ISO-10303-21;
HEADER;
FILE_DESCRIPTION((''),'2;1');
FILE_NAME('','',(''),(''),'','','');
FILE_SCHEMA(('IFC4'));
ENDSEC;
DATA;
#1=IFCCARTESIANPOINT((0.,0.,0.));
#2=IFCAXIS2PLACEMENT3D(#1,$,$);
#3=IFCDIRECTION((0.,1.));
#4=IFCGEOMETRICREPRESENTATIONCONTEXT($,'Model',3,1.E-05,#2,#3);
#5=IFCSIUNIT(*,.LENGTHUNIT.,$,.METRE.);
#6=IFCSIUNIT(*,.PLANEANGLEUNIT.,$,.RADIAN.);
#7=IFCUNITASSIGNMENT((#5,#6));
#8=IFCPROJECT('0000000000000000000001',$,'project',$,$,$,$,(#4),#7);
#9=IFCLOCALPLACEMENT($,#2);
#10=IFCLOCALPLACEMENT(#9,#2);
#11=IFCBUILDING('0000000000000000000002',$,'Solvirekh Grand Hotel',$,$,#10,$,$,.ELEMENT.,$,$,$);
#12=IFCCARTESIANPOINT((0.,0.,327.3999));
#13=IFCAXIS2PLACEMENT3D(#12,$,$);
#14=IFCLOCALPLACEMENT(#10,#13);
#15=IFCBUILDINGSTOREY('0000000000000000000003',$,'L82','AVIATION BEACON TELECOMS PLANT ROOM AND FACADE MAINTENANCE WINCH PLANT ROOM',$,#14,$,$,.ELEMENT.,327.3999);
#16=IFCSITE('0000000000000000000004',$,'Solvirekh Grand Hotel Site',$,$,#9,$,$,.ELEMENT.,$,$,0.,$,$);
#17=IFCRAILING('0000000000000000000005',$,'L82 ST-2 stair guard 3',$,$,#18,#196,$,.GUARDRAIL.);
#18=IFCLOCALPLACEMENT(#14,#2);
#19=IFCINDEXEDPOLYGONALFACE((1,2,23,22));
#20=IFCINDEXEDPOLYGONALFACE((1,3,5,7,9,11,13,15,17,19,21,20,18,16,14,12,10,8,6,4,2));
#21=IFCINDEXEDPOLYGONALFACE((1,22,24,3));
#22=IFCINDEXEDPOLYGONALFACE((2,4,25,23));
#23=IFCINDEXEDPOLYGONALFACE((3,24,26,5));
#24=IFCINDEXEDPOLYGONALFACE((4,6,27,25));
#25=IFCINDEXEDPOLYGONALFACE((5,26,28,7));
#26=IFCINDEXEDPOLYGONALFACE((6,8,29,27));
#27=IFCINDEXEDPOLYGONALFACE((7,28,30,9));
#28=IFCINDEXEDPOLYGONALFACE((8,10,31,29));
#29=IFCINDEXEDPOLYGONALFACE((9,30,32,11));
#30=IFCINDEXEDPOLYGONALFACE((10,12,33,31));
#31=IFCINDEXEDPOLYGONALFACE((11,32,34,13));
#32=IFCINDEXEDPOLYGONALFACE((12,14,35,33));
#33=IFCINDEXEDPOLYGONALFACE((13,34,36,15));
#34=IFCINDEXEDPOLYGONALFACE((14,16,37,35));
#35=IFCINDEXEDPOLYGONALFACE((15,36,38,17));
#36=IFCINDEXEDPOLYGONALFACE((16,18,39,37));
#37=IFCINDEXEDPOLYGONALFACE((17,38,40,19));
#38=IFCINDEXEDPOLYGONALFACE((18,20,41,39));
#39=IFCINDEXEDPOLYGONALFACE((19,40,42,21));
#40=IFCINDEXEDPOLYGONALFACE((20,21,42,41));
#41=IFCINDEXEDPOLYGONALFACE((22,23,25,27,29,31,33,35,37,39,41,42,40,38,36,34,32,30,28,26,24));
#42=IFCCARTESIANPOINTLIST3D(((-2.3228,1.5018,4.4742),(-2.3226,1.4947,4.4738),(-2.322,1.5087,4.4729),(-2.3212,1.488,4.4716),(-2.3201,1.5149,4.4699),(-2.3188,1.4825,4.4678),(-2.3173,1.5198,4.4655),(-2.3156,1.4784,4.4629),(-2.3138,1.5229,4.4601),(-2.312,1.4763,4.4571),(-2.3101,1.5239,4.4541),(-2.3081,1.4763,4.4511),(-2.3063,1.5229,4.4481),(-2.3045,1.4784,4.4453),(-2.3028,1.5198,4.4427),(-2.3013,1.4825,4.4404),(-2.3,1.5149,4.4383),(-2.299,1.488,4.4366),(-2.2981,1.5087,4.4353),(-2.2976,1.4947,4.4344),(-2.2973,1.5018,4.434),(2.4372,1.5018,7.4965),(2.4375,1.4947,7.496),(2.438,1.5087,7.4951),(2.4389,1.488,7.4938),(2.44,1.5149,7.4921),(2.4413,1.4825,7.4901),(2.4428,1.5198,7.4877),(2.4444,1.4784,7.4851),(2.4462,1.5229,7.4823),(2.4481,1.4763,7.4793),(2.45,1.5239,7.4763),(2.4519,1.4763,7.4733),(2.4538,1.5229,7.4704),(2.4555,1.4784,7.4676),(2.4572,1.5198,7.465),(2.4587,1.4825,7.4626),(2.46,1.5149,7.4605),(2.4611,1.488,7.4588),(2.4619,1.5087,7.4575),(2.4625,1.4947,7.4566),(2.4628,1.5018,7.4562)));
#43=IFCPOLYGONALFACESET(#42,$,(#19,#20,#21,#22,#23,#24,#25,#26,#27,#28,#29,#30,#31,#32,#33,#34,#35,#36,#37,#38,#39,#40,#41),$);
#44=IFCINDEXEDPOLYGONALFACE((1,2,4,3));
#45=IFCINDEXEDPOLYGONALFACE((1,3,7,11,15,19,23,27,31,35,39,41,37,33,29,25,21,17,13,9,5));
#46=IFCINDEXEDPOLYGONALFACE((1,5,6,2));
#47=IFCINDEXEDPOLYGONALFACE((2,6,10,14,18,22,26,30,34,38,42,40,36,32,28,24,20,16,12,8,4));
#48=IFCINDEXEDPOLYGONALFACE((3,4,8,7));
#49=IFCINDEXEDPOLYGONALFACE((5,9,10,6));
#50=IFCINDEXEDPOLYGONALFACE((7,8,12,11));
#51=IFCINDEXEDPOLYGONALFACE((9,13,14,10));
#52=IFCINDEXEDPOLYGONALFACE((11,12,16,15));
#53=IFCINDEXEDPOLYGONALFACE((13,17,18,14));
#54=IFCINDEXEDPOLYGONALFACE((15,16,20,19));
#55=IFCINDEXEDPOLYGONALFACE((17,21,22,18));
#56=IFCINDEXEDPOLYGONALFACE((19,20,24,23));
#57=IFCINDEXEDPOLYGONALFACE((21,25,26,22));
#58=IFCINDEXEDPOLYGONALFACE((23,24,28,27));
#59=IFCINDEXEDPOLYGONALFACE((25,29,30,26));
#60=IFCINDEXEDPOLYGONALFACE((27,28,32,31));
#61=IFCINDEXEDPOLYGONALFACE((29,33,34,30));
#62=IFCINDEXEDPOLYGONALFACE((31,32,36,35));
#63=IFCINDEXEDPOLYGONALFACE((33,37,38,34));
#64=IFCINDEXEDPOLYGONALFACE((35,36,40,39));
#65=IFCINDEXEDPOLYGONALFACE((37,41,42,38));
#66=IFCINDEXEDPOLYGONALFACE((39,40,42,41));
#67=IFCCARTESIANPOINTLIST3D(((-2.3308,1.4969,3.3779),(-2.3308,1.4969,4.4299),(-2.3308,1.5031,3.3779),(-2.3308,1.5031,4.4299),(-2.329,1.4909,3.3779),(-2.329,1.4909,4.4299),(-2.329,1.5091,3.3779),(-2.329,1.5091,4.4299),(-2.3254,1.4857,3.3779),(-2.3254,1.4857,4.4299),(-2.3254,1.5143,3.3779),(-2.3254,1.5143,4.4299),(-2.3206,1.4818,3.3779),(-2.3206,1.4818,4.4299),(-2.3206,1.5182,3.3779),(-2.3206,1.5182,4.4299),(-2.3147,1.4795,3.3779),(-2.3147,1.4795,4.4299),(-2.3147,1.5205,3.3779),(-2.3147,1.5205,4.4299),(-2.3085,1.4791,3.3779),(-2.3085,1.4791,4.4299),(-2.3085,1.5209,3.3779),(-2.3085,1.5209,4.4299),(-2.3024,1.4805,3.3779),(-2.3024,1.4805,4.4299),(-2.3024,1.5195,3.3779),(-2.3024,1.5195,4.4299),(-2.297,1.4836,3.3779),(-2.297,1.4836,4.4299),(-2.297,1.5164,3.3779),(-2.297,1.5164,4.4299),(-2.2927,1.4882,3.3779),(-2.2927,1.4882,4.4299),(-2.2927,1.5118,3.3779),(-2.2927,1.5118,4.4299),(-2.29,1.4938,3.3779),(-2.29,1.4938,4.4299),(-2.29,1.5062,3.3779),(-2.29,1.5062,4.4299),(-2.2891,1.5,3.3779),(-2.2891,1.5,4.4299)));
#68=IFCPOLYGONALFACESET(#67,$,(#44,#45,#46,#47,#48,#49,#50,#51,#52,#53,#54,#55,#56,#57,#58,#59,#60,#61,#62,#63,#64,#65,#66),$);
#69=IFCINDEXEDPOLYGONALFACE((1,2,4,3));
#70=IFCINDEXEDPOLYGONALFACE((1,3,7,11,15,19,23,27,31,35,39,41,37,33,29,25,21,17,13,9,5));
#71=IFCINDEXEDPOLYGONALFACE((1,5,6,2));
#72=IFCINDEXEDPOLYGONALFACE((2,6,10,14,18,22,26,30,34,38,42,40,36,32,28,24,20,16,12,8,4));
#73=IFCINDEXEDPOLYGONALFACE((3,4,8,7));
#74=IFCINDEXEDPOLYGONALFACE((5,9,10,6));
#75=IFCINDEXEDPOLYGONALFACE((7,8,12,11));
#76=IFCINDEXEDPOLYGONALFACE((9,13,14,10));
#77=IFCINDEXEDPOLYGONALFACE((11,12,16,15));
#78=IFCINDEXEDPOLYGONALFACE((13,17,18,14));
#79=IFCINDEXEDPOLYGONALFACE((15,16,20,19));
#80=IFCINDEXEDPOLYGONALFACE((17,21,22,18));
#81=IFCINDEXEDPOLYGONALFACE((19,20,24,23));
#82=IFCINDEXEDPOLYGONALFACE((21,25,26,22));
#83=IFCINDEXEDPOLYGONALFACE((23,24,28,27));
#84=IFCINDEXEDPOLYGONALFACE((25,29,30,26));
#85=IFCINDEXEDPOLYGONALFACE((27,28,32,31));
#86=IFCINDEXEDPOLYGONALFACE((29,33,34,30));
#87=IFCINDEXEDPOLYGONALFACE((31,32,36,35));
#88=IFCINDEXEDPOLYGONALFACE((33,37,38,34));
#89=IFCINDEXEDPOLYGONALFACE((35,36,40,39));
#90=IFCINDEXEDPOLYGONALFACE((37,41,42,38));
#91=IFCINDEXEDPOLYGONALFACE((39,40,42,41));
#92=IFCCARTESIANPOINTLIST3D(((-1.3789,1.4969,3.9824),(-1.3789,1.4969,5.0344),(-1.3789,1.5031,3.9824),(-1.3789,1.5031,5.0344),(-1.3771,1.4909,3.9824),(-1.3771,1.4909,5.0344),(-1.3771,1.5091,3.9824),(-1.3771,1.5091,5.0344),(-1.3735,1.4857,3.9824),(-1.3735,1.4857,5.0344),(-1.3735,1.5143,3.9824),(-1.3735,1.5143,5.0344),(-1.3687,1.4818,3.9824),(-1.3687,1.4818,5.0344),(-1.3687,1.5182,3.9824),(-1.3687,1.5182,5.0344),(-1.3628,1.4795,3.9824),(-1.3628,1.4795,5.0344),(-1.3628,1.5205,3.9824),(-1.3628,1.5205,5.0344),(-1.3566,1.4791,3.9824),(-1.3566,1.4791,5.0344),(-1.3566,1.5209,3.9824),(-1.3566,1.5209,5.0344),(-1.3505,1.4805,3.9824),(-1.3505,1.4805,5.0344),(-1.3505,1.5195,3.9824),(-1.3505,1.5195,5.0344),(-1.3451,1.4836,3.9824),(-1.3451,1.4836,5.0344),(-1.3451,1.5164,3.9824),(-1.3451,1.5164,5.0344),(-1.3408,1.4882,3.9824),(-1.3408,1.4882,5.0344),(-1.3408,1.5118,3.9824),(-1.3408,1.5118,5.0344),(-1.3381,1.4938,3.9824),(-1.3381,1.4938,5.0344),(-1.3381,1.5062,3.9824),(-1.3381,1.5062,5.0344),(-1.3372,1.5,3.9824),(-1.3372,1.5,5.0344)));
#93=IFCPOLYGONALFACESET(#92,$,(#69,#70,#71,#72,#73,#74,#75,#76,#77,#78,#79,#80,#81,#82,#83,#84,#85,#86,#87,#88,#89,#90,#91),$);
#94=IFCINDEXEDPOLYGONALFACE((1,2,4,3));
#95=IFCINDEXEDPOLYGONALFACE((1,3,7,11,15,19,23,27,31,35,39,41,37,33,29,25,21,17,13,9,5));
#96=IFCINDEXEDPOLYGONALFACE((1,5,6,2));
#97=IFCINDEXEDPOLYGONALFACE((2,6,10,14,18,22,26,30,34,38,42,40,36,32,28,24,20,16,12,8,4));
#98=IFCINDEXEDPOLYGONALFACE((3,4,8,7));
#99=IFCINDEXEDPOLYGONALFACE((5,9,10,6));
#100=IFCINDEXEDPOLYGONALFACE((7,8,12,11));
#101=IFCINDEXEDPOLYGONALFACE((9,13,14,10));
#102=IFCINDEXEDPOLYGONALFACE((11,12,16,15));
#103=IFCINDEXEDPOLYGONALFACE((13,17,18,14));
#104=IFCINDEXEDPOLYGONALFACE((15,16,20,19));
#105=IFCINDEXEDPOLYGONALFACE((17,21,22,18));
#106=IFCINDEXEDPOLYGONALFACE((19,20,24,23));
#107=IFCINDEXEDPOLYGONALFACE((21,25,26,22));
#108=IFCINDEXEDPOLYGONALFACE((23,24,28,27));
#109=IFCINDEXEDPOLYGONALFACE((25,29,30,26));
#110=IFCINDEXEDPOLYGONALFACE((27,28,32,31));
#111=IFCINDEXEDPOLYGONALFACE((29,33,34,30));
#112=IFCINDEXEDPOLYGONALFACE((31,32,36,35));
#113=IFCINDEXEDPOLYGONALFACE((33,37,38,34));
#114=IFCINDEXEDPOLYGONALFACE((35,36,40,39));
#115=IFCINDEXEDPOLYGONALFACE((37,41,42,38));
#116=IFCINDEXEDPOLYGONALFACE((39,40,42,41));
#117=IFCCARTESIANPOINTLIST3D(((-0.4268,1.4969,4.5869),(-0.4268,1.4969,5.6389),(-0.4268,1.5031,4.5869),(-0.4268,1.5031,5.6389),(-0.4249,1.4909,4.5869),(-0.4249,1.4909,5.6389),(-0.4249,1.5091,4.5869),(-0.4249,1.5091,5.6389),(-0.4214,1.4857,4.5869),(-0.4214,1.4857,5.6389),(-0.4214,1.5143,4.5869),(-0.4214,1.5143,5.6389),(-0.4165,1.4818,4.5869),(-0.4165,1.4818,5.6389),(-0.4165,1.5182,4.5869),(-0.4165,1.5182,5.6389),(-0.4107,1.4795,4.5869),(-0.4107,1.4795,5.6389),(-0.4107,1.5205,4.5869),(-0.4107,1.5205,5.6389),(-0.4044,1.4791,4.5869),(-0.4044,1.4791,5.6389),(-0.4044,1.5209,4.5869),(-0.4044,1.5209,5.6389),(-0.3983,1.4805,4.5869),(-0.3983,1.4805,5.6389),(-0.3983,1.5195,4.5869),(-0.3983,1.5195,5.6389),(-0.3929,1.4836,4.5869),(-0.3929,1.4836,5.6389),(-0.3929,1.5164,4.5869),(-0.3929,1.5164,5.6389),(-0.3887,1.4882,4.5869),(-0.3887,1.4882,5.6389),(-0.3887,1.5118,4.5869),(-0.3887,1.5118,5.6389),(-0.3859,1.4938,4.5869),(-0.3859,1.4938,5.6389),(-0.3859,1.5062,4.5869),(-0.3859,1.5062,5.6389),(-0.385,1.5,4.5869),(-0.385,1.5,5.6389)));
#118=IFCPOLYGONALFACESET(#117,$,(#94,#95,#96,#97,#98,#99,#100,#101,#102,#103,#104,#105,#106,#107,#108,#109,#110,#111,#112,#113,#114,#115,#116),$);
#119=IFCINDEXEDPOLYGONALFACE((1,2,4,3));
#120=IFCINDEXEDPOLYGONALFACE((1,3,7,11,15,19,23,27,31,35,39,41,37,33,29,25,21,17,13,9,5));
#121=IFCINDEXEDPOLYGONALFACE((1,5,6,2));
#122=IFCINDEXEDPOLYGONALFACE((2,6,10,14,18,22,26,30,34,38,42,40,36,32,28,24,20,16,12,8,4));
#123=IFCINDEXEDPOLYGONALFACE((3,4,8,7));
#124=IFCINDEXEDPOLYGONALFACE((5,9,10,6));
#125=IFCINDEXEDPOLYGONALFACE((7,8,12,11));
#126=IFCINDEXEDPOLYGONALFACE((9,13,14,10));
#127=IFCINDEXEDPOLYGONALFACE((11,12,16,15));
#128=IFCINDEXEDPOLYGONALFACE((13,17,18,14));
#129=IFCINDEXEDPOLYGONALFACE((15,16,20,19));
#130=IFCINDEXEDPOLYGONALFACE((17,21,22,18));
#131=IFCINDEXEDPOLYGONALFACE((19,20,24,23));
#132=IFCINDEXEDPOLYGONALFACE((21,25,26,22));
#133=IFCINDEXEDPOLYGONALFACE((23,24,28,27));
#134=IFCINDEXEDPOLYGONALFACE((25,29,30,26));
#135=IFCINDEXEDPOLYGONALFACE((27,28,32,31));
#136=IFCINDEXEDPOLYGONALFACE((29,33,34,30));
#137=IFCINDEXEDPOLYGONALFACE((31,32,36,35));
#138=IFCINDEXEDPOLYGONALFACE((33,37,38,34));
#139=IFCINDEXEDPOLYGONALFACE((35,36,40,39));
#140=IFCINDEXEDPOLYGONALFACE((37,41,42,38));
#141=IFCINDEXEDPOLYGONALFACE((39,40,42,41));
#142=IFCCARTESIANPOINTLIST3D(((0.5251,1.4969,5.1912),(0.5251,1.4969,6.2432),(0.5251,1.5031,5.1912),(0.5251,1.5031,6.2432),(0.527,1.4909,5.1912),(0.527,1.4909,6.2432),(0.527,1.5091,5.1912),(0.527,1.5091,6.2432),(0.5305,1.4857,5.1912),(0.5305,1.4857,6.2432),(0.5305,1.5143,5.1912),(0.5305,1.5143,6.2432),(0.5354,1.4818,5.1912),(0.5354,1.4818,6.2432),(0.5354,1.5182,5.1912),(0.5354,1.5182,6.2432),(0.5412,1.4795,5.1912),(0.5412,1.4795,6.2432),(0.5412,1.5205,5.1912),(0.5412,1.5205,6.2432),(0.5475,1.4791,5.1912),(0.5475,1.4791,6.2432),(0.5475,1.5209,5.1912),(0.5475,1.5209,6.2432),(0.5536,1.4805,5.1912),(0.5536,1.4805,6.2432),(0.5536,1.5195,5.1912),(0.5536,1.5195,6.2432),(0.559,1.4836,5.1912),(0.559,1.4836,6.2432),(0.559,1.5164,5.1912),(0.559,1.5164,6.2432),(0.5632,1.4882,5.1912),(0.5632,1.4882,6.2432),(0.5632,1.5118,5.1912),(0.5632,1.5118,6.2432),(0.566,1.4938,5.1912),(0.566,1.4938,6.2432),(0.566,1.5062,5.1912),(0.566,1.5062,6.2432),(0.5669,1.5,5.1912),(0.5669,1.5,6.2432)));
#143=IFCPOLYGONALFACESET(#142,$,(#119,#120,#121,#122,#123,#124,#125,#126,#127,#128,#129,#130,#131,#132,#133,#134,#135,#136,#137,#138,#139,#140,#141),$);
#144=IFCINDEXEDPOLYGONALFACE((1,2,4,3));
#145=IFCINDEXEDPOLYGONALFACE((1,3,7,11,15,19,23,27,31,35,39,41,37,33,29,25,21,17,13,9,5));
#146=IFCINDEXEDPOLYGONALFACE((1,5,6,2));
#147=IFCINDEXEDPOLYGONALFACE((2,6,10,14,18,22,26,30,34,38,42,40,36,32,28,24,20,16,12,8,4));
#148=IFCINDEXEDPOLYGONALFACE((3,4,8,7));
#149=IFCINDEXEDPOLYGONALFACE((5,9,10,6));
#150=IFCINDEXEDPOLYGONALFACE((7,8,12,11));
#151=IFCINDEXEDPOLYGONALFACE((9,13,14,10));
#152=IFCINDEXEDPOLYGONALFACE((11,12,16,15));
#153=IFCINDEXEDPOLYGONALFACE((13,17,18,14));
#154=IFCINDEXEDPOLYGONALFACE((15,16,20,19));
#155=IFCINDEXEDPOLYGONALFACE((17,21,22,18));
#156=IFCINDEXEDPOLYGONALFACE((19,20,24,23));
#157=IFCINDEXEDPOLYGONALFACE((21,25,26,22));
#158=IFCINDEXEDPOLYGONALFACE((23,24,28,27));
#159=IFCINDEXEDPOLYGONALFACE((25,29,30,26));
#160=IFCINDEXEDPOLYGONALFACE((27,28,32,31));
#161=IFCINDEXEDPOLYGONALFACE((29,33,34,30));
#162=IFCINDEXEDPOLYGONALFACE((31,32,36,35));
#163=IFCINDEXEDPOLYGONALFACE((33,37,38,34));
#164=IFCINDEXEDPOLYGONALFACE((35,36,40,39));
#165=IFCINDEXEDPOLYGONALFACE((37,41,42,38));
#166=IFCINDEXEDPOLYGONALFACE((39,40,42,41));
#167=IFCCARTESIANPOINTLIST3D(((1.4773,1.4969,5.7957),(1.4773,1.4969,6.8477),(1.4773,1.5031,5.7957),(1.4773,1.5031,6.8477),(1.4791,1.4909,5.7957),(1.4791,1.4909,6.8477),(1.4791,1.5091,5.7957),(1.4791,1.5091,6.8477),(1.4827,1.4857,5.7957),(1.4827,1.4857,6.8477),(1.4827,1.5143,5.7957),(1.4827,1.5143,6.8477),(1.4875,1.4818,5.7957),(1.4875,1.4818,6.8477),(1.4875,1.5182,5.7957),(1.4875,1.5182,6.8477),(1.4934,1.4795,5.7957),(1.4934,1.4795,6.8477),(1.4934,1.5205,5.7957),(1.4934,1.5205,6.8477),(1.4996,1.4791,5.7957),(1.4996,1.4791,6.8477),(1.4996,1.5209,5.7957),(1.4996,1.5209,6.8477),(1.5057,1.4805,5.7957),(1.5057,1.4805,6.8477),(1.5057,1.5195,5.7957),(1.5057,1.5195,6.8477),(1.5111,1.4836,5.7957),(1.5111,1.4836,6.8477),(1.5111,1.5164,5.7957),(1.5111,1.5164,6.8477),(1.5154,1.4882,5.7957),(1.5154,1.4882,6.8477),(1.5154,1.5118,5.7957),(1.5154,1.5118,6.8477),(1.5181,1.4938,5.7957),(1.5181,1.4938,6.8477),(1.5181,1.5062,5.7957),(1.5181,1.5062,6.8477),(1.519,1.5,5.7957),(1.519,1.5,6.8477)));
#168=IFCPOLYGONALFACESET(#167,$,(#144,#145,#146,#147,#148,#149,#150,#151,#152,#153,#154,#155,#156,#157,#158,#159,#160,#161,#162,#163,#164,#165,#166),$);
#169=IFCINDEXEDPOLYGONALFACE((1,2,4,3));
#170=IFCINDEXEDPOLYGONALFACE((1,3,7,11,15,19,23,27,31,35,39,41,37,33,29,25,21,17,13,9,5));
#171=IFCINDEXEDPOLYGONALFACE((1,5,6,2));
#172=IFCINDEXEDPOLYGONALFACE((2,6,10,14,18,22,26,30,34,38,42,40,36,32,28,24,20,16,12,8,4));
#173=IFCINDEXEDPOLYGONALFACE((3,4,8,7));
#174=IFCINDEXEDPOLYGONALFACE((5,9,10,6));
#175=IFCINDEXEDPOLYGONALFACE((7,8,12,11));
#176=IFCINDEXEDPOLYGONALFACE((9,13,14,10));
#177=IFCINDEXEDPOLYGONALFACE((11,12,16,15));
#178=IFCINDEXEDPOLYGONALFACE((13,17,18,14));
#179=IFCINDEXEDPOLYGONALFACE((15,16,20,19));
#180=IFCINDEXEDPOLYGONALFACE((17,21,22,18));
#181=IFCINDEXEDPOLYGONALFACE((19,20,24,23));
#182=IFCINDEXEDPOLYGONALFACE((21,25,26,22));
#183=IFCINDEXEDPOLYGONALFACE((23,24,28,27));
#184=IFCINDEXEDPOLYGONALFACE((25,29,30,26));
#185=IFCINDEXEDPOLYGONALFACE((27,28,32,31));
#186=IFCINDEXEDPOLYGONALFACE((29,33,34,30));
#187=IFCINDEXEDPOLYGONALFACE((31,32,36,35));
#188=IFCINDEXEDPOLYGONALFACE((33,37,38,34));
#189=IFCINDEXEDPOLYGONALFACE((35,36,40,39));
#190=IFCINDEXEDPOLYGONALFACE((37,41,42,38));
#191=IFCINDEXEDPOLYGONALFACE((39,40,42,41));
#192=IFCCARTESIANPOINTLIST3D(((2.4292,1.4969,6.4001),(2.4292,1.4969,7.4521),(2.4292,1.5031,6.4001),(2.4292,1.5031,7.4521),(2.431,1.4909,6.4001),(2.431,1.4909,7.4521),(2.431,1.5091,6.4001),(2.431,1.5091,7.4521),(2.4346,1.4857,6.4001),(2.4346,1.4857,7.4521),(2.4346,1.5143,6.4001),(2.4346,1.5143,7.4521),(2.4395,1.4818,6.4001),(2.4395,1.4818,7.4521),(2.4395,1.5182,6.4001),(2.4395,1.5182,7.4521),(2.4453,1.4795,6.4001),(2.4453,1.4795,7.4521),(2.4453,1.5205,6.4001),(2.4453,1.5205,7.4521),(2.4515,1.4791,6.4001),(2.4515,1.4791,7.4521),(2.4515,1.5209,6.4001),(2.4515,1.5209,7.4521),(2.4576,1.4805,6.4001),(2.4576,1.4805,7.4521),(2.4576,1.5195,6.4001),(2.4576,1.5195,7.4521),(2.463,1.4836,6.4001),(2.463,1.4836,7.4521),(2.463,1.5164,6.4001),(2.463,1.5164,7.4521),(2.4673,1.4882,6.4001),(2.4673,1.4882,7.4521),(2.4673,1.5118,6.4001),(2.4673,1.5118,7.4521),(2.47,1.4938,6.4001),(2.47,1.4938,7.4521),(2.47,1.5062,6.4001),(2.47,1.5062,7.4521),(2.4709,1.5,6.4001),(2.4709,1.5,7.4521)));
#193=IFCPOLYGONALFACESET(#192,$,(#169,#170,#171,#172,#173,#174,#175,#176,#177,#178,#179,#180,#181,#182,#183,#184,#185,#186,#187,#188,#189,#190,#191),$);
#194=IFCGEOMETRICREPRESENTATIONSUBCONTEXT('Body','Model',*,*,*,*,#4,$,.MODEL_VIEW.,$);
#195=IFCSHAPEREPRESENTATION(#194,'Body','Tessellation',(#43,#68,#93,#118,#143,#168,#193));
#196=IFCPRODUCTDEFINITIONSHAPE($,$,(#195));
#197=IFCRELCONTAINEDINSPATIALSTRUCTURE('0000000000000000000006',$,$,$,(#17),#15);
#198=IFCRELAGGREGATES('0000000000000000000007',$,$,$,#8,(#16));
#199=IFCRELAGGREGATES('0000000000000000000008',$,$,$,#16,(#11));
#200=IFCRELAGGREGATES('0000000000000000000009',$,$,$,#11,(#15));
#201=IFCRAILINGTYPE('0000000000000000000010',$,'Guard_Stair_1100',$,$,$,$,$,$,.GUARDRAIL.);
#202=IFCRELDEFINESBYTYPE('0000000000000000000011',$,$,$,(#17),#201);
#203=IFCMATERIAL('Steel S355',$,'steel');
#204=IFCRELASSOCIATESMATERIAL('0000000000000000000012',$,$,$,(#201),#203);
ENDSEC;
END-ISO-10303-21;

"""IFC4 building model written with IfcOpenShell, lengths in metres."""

from ifc_helpers import new_model, si_unit, direction, frame, origin, origin_2d, place, context, subcontext, project, spatial, circle, extrude, material, type_object, element, save


model = new_model("IFC4")

# Units and contexts
model_context = context("Model", 3, precision=1e-05, world=origin(), true_north=direction((0.0, 1.0)))
body_context = subcontext(model_context, "Body", "Model", "MODEL_VIEW")
ifc_project = project(units=[si_unit("LENGTHUNIT", "METRE"), si_unit("PLANEANGLEUNIT", "RADIAN")], contexts=[model_context])

# Site, building, storey
site_placement = place(None, origin())
site = spatial("IfcSite", under=ifc_project, at=site_placement, Name="Solvirekh Grand Hotel Site", CompositionType="ELEMENT", RefElevation=0.0)
building_placement = place(site_placement, origin())
building = spatial("IfcBuilding", under=site, at=building_placement, Name="Solvirekh Grand Hotel", CompositionType="ELEMENT")
storey_placement = place(building_placement, frame((0.0, 0.0, 327.3999)))
storey = spatial("IfcBuildingStorey", under=building, at=storey_placement, Name="L82", Description="AVIATION BEACON TELECOMS PLANT ROOM AND FACADE MAINTENANCE WINCH PLANT ROOM", CompositionType="ELEMENT", Elevation=327.3999)

# Shared definitions
ifc_material_1 = material(Name="Steel S355", Category="steel")

# Railing
railing_type_1 = type_object("IfcRailingType", Name="Guard_Stair_1100", PredefinedType="GUARDRAIL", material=ifc_material_1)
railing_1_placement = place(storey_placement, frame((-2.3101, 1.5, 3.3779)))
element("IfcRailing", 1, at=railing_1_placement, inside=storey, type_object=railing_type_1, Name="L82 ST-2 stair guard 3", PredefinedType="GUARDRAIL", context=body_context, shape_type="SweptSolid", body=[
    extrude(circle(Radius=0.0239, at=origin_2d()), frame((0.0, 0.0, 1.0762), z_axis=(0.844214, 0.0, 0.536007), x_axis=(0.0, 1.0, 0.0)), (0.0, 0.0, 1.0), 5.6384),
    extrude(circle(Radius=0.021, at=origin_2d()), origin(), (0.0, 0.0, 1.0), 1.052),
    extrude(circle(Radius=0.021, at=origin_2d()), frame((0.9519, 0.0, 0.6045)), (0.0, 0.0, 1.0), 1.052),
    extrude(circle(Radius=0.021, at=origin_2d()), frame((1.9041, 0.0, 1.209)), (0.0, 0.0, 1.0), 1.052),
    extrude(circle(Radius=0.021, at=origin_2d()), frame((2.856, 0.0, 1.8132)), (0.0, 0.0, 1.0), 1.052),
    extrude(circle(Radius=0.021, at=origin_2d()), frame((3.8081, 0.0, 2.4177)), (0.0, 0.0, 1.0), 1.052),
    extrude(circle(Radius=0.021, at=origin_2d()), frame((4.76, 0.0, 3.0222)), (0.0, 0.0, 1.0), 1.052),
])

save(model, "model.ifc")
